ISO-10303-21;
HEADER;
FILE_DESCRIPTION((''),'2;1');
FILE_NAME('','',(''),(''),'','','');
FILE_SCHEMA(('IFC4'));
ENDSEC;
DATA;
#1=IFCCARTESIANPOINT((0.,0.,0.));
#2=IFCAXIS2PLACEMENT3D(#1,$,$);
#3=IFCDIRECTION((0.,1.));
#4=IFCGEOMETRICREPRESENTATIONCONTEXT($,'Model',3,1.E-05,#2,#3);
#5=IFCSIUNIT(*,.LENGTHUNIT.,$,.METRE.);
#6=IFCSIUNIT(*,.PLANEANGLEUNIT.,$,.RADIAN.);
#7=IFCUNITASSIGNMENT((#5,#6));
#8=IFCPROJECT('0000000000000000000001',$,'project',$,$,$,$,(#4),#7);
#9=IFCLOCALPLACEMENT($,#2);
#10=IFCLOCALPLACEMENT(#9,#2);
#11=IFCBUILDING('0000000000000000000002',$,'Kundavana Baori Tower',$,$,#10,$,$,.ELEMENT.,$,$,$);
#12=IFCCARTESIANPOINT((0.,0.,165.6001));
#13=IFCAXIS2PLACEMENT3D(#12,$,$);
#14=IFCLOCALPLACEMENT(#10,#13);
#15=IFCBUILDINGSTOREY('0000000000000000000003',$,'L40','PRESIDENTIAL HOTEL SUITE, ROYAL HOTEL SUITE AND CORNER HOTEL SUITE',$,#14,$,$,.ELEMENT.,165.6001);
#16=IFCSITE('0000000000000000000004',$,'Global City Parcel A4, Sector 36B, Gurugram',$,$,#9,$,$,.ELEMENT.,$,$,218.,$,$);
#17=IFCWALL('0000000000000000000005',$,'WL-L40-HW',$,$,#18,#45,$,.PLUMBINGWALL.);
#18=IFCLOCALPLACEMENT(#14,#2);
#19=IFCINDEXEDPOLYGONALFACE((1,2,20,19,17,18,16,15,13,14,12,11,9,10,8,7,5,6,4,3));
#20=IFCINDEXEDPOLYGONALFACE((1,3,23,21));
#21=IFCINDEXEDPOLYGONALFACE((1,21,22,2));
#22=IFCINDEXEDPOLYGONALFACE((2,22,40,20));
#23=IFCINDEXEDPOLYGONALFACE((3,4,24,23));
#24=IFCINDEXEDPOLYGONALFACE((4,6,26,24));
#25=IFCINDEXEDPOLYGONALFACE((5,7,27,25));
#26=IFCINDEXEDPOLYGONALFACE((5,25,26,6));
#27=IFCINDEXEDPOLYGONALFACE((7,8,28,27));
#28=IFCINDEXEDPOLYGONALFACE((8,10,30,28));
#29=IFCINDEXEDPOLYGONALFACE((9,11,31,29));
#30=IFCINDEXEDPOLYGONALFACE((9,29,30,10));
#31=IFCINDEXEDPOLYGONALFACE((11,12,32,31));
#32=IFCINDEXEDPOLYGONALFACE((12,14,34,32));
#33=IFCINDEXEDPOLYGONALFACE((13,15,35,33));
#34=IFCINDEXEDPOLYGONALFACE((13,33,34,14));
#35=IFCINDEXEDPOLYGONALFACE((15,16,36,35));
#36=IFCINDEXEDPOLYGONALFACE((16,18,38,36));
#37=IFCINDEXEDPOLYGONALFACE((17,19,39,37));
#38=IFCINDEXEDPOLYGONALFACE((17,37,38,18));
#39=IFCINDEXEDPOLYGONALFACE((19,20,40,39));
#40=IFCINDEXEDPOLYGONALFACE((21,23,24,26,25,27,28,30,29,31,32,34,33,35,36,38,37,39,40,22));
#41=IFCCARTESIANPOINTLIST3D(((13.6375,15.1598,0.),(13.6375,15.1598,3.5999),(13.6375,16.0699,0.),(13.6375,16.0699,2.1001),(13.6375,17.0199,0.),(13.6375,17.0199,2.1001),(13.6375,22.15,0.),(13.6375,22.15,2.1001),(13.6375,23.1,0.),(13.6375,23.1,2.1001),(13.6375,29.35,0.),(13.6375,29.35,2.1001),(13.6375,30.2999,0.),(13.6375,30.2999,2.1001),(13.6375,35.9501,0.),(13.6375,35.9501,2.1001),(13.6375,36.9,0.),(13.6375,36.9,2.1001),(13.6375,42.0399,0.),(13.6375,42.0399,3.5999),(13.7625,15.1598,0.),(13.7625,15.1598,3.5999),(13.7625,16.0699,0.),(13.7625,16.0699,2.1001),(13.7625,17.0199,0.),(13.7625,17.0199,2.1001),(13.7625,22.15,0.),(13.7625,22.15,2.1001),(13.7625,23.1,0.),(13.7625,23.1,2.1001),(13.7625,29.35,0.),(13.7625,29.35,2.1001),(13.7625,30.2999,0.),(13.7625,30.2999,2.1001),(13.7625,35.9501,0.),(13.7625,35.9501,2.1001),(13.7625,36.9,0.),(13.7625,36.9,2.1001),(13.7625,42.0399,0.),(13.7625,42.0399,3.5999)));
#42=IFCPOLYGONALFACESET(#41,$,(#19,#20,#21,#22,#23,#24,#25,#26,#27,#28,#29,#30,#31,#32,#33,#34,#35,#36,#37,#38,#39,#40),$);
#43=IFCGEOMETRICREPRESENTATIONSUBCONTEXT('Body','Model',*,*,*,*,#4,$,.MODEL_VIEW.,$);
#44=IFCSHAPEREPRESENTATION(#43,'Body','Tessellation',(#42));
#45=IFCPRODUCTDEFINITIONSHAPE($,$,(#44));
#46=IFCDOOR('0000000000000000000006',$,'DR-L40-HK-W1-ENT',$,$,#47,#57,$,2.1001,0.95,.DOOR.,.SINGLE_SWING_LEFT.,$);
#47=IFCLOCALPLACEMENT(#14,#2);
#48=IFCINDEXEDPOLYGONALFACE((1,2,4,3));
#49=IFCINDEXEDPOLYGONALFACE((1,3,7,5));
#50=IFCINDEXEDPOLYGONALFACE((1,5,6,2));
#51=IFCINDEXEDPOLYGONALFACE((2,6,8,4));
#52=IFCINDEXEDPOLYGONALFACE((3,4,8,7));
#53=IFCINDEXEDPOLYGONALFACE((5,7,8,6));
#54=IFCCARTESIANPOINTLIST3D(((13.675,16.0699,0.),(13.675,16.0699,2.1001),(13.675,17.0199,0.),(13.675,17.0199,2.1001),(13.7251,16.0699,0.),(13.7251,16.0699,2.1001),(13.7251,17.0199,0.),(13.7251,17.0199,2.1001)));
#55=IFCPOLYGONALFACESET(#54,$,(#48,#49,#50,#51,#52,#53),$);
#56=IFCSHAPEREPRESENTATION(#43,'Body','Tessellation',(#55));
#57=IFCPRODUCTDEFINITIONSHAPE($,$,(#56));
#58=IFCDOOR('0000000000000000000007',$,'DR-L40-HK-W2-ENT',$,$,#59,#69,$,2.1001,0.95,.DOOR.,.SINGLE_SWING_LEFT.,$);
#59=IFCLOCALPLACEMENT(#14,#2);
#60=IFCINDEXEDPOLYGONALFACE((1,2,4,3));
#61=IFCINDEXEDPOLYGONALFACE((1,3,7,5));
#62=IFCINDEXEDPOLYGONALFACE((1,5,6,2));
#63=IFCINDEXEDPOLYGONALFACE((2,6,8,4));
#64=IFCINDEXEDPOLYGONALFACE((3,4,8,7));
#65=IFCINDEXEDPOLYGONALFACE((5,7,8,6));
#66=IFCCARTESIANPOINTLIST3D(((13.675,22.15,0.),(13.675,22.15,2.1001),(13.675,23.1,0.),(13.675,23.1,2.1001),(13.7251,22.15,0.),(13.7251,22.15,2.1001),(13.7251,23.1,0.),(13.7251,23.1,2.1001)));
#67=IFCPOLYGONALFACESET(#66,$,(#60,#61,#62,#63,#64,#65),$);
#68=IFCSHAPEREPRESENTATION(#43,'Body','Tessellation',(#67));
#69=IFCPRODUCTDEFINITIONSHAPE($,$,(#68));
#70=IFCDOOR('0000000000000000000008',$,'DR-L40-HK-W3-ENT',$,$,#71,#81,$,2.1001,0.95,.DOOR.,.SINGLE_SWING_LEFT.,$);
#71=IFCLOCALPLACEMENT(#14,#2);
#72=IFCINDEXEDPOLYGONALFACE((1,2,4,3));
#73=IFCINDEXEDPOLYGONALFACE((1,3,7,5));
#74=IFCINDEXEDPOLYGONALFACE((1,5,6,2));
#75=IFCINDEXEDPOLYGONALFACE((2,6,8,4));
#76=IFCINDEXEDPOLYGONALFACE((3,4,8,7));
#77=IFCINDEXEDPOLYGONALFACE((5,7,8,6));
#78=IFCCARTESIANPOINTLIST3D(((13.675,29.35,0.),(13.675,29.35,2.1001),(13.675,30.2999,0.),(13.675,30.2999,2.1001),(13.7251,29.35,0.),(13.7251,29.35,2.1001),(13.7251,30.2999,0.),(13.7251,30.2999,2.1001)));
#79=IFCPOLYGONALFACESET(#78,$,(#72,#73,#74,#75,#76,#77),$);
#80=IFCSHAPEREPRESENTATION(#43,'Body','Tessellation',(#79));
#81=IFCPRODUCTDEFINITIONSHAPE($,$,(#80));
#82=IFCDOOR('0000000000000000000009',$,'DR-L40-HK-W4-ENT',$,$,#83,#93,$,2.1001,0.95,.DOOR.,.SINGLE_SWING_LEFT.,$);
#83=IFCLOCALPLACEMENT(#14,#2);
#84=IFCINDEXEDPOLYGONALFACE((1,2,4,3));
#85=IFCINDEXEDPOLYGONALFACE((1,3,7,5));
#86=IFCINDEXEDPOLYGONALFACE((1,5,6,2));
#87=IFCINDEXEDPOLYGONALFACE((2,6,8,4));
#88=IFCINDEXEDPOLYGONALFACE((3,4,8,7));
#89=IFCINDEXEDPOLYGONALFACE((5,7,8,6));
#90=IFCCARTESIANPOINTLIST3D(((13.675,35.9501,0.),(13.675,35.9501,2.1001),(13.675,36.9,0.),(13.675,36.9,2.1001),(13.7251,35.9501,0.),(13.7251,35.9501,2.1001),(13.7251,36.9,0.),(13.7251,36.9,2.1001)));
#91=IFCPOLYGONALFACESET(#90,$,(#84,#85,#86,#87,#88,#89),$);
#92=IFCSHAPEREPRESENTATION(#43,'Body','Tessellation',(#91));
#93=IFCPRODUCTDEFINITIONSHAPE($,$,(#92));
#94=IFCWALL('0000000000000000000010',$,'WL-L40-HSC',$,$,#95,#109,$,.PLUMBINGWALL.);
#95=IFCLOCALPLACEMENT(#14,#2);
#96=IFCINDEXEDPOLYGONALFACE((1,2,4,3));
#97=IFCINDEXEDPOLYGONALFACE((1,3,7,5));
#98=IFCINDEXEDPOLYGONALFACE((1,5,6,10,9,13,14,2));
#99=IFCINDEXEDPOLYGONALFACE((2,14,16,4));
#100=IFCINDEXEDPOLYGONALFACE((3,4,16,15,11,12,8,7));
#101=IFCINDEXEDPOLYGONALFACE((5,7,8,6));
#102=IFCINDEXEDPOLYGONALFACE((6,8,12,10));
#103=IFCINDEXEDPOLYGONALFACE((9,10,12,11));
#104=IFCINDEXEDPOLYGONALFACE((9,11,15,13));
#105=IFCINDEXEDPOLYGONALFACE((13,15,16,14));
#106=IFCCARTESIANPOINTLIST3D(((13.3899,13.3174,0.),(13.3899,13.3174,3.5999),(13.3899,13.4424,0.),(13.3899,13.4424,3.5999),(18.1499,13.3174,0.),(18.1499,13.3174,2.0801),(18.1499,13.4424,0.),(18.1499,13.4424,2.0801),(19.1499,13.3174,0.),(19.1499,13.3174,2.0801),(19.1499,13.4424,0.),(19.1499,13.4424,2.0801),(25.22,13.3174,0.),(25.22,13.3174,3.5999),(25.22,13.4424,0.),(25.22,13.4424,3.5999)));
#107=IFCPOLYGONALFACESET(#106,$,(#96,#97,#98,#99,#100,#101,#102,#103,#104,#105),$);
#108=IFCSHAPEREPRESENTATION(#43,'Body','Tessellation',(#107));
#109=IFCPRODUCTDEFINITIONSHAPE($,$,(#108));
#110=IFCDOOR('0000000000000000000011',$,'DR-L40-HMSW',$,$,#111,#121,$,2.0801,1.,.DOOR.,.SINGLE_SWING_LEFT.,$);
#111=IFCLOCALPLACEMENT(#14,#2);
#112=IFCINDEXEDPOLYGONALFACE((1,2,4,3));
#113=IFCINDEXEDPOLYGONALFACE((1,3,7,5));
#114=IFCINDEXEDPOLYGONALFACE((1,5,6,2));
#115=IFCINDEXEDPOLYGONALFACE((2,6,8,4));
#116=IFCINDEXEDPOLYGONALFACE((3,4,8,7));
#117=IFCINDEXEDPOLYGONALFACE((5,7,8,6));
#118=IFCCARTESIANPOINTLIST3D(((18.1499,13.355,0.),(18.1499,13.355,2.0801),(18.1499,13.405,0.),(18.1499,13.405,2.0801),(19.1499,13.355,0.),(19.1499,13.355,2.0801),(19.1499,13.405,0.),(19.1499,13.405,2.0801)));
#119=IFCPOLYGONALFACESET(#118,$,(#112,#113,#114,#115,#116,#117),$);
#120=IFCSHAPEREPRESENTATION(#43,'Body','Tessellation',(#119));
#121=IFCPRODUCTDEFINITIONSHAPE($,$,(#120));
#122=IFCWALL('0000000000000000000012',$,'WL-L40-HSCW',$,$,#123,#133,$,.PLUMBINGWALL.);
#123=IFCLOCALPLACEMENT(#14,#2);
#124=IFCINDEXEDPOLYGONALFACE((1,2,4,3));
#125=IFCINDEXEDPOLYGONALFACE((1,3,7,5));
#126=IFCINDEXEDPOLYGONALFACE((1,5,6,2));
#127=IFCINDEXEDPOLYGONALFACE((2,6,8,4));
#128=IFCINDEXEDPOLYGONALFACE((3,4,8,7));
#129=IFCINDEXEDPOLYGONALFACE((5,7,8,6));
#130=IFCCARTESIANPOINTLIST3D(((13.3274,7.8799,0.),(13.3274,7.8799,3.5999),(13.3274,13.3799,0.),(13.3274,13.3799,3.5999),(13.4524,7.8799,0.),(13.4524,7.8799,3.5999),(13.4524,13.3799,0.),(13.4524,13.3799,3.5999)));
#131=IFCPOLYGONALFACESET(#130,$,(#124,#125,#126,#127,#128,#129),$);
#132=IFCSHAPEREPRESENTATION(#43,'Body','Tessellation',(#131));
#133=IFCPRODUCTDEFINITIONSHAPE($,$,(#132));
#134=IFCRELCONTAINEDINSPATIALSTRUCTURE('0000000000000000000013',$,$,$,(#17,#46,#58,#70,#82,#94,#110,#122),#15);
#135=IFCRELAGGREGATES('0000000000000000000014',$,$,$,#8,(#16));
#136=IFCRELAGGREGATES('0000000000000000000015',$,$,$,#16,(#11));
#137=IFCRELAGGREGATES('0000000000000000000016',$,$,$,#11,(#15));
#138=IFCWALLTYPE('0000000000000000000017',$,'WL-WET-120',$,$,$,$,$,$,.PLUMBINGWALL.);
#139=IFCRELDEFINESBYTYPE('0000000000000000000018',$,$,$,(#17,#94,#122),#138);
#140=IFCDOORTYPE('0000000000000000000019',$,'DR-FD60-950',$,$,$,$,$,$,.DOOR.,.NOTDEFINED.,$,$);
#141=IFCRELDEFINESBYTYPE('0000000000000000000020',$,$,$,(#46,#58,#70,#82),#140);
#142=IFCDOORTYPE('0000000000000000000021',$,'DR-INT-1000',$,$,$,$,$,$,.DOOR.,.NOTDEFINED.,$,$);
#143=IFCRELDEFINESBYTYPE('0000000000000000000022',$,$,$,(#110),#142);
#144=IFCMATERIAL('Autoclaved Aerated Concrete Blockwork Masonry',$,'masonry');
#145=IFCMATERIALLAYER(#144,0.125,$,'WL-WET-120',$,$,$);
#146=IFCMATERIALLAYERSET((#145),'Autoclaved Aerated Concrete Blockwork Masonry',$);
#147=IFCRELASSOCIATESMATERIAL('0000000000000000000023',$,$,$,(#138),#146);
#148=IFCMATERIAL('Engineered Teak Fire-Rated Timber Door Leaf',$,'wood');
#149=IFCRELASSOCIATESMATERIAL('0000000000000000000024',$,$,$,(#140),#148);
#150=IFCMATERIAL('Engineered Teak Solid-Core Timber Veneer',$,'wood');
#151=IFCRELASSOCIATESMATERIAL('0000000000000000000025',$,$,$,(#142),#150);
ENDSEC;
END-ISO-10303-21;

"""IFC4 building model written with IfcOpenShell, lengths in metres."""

from ifc_helpers import new_model, si_unit, direction, frame, frame_2d, origin, place, context, subcontext, project, spatial, rectangle, extrude, material, layer, layer_set, type_object, element, fill, save


model = new_model("IFC4")

# Units and contexts
model_context = context("Model", 3, precision=1e-05, world=origin(), true_north=direction((0.0, 1.0)))
body_context = subcontext(model_context, "Body", "Model", "MODEL_VIEW")
ifc_project = project(units=[si_unit("LENGTHUNIT", "METRE"), si_unit("PLANEANGLEUNIT", "RADIAN")], contexts=[model_context])

# Site, building, storey
site_placement = place(None, origin())
site = spatial("IfcSite", under=ifc_project, at=site_placement, Name="Global City Parcel A4, Sector 36B, Gurugram", CompositionType="ELEMENT", RefElevation=218.0)
building_placement = place(site_placement, origin())
building = spatial("IfcBuilding", under=site, at=building_placement, Name="Kundavana Baori Tower", CompositionType="ELEMENT")
storey_placement = place(building_placement, frame((0.0, 0.0, 165.6001)))
storey = spatial("IfcBuildingStorey", under=building, at=storey_placement, Name="L40", Description="PRESIDENTIAL HOTEL SUITE, ROYAL HOTEL SUITE AND CORNER HOTEL SUITE", CompositionType="ELEMENT", Elevation=165.6001)

# Wall, openings, doors
ifc_material_1 = material(Name="Autoclaved Aerated Concrete Blockwork Masonry", Category="masonry")
ifc_layer_1 = layer(ifc_material_1, 0.125, Name="WL-WET-120")
ifc_layer_set_1 = layer_set([ifc_layer_1], Name="Autoclaved Aerated Concrete Blockwork Masonry")
wall_type_1 = type_object("IfcWallType", Name="WL-WET-120", PredefinedType="PLUMBINGWALL", material=ifc_layer_set_1)
wall_1_placement = place(storey_placement, frame((13.7, 15.1599, 0.0), z_axis=(0.0, 0.0, 1.0), x_axis=(0.0, 1.0, 0.0)))
wall_1 = element("IfcWall", 1, at=wall_1_placement, inside=storey, type_object=wall_type_1, Name="WL-L40-HW", PredefinedType="PLUMBINGWALL", context=body_context, shape_type="SweptSolid", body=[
    extrude(rectangle(XDim=26.8801, YDim=0.125, at=frame_2d((13.4399, 0.0))), origin(), (0.0, 0.0, 1.0), 3.5999),
])
opening_1_placement = place(wall_1_placement, frame((0.9099, 0.0, 0.0)))
opening_1 = element("IfcOpeningElement", 2, at=opening_1_placement, cuts=wall_1, PredefinedType="OPENING", context=body_context, shape_type="SweptSolid", body=[
    extrude(rectangle(XDim=0.95, YDim=2.1001, at=frame_2d((0.4751, 1.05))), frame((0.0, 0.0725, 0.0), z_axis=(0.0, -1.0, 0.0), x_axis=(1.0, 0.0, 0.0)), (0.0, 0.0, 1.0), 0.145),
])
opening_2_placement = place(wall_1_placement, frame((6.99, 0.0, 0.0)))
opening_2 = element("IfcOpeningElement", 3, at=opening_2_placement, cuts=wall_1, PredefinedType="OPENING", context=body_context, shape_type="SweptSolid", body=[
    extrude(rectangle(XDim=0.95, YDim=2.1001, at=frame_2d((0.4751, 1.05))), frame((0.0, 0.0725, 0.0), z_axis=(0.0, -1.0, 0.0), x_axis=(1.0, 0.0, 0.0)), (0.0, 0.0, 1.0), 0.145),
])
opening_3_placement = place(wall_1_placement, frame((14.1899, 0.0, 0.0)))
opening_3 = element("IfcOpeningElement", 4, at=opening_3_placement, cuts=wall_1, PredefinedType="OPENING", context=body_context, shape_type="SweptSolid", body=[
    extrude(rectangle(XDim=0.95, YDim=2.1001, at=frame_2d((0.4751, 1.05))), frame((0.0, 0.0725, 0.0), z_axis=(0.0, -1.0, 0.0), x_axis=(1.0, 0.0, 0.0)), (0.0, 0.0, 1.0), 0.145),
])
opening_4_placement = place(wall_1_placement, frame((20.79, 0.0, 0.0)))
opening_4 = element("IfcOpeningElement", 5, at=opening_4_placement, cuts=wall_1, PredefinedType="OPENING", context=body_context, shape_type="SweptSolid", body=[
    extrude(rectangle(XDim=0.95, YDim=2.1001, at=frame_2d((0.4751, 1.05))), frame((0.0, 0.0725, 0.0), z_axis=(0.0, -1.0, 0.0), x_axis=(1.0, 0.0, 0.0)), (0.0, 0.0, 1.0), 0.145),
])
ifc_material_2 = material(Name="Engineered Teak Fire-Rated Timber Door Leaf", Category="wood")
door_type_1 = type_object("IfcDoorType", Name="DR-FD60-950", OperationType="NOTDEFINED", PredefinedType="DOOR", material=ifc_material_2)
door_1_placement = place(opening_1_placement, origin())
door_1 = element("IfcDoor", 6, at=door_1_placement, inside=storey, type_object=door_type_1, Name="DR-L40-HK-W1-ENT", OperationType="SINGLE_SWING_LEFT", OverallHeight=2.1001, OverallWidth=0.95, PredefinedType="DOOR", context=body_context, shape_type="SweptSolid", body=[
    extrude(rectangle(XDim=0.95, YDim=2.1001, at=frame_2d((0.4751, 1.05))), frame((0.0, 0.0249, 0.0), z_axis=(0.0, -1.0, 0.0), x_axis=(1.0, 0.0, 0.0)), (0.0, 0.0, 1.0), 0.05),
])
fill(opening_1, door_1)
door_2_placement = place(opening_2_placement, origin())
door_2 = element("IfcDoor", 7, at=door_2_placement, inside=storey, type_object=door_type_1, Name="DR-L40-HK-W2-ENT", OperationType="SINGLE_SWING_LEFT", OverallHeight=2.1001, OverallWidth=0.95, PredefinedType="DOOR", context=body_context, shape_type="SweptSolid", body=[
    extrude(rectangle(XDim=0.95, YDim=2.1001, at=frame_2d((0.4751, 1.05))), frame((0.0, 0.0249, 0.0), z_axis=(0.0, -1.0, 0.0), x_axis=(1.0, 0.0, 0.0)), (0.0, 0.0, 1.0), 0.05),
])
fill(opening_2, door_2)
door_3_placement = place(opening_3_placement, origin())
door_3 = element("IfcDoor", 8, at=door_3_placement, inside=storey, type_object=door_type_1, Name="DR-L40-HK-W3-ENT", OperationType="SINGLE_SWING_LEFT", OverallHeight=2.1001, OverallWidth=0.95, PredefinedType="DOOR", context=body_context, shape_type="SweptSolid", body=[
    extrude(rectangle(XDim=0.95, YDim=2.1001, at=frame_2d((0.4751, 1.05))), frame((0.0, 0.0249, 0.0), z_axis=(0.0, -1.0, 0.0), x_axis=(1.0, 0.0, 0.0)), (0.0, 0.0, 1.0), 0.05),
])
fill(opening_3, door_3)
door_4_placement = place(opening_4_placement, origin())
door_4 = element("IfcDoor", 9, at=door_4_placement, inside=storey, type_object=door_type_1, Name="DR-L40-HK-W4-ENT", OperationType="SINGLE_SWING_LEFT", OverallHeight=2.1001, OverallWidth=0.95, PredefinedType="DOOR", context=body_context, shape_type="SweptSolid", body=[
    extrude(rectangle(XDim=0.95, YDim=2.1001, at=frame_2d((0.4751, 1.05))), frame((0.0, 0.0249, 0.0), z_axis=(0.0, -1.0, 0.0), x_axis=(1.0, 0.0, 0.0)), (0.0, 0.0, 1.0), 0.05),
])
fill(opening_4, door_4)

# Wall, opening, door
wall_2_placement = place(storey_placement, frame((13.3899, 13.3799, 0.0), z_axis=(0.0, 0.0, 1.0), x_axis=(1.0, 0.0, 0.0)))
wall_2 = element("IfcWall", 10, at=wall_2_placement, inside=storey, type_object=wall_type_1, Name="WL-L40-HSC", PredefinedType="PLUMBINGWALL", context=body_context, shape_type="SweptSolid", body=[
    extrude(rectangle(XDim=11.8301, YDim=0.125, at=frame_2d((5.915, 0.0))), origin(), (0.0, 0.0, 1.0), 3.5999),
])
opening_5_placement = place(wall_2_placement, frame((4.76, 0.0, 0.0)))
opening_5 = element("IfcOpeningElement", 11, at=opening_5_placement, cuts=wall_2, PredefinedType="OPENING", context=body_context, shape_type="SweptSolid", body=[
    extrude(rectangle(XDim=1.0, YDim=2.0801, at=frame_2d((0.5, 1.04))), frame((0.0, 0.0725, 0.0), z_axis=(0.0, -1.0, 0.0), x_axis=(1.0, 0.0, 0.0)), (0.0, 0.0, 1.0), 0.145),
])
ifc_material_3 = material(Name="Engineered Teak Solid-Core Timber Veneer", Category="wood")
door_type_2 = type_object("IfcDoorType", Name="DR-INT-1000", OperationType="NOTDEFINED", PredefinedType="DOOR", material=ifc_material_3)
door_5_placement = place(opening_5_placement, frame((1.0, 0.0, 0.0), z_axis=(0.0, 0.0, 1.0), x_axis=(-1.0, 0.0, 0.0)))
door_5 = element("IfcDoor", 12, at=door_5_placement, inside=storey, type_object=door_type_2, Name="DR-L40-HMSW", OperationType="SINGLE_SWING_LEFT", OverallHeight=2.0801, OverallWidth=1.0, PredefinedType="DOOR", context=body_context, shape_type="SweptSolid", body=[
    extrude(rectangle(XDim=1.0, YDim=2.0801, at=frame_2d((0.5, 1.04))), frame((0.0, 0.0249, 0.0), z_axis=(0.0, -1.0, 0.0), x_axis=(1.0, 0.0, 0.0)), (0.0, 0.0, 1.0), 0.05),
])
fill(opening_5, door_5)

# Wall
wall_3_placement = place(storey_placement, frame((13.3899, 7.8799, 0.0), z_axis=(0.0, 0.0, 1.0), x_axis=(0.0, 1.0, 0.0)))
element("IfcWall", 13, at=wall_3_placement, inside=storey, type_object=wall_type_1, Name="WL-L40-HSCW", PredefinedType="PLUMBINGWALL", context=body_context, shape_type="SweptSolid", body=[
    extrude(rectangle(XDim=5.5, YDim=0.125, at=frame_2d((2.75, 0.0))), origin(), (0.0, 0.0, 1.0), 3.5999),
])

save(model, "model.ifc")
